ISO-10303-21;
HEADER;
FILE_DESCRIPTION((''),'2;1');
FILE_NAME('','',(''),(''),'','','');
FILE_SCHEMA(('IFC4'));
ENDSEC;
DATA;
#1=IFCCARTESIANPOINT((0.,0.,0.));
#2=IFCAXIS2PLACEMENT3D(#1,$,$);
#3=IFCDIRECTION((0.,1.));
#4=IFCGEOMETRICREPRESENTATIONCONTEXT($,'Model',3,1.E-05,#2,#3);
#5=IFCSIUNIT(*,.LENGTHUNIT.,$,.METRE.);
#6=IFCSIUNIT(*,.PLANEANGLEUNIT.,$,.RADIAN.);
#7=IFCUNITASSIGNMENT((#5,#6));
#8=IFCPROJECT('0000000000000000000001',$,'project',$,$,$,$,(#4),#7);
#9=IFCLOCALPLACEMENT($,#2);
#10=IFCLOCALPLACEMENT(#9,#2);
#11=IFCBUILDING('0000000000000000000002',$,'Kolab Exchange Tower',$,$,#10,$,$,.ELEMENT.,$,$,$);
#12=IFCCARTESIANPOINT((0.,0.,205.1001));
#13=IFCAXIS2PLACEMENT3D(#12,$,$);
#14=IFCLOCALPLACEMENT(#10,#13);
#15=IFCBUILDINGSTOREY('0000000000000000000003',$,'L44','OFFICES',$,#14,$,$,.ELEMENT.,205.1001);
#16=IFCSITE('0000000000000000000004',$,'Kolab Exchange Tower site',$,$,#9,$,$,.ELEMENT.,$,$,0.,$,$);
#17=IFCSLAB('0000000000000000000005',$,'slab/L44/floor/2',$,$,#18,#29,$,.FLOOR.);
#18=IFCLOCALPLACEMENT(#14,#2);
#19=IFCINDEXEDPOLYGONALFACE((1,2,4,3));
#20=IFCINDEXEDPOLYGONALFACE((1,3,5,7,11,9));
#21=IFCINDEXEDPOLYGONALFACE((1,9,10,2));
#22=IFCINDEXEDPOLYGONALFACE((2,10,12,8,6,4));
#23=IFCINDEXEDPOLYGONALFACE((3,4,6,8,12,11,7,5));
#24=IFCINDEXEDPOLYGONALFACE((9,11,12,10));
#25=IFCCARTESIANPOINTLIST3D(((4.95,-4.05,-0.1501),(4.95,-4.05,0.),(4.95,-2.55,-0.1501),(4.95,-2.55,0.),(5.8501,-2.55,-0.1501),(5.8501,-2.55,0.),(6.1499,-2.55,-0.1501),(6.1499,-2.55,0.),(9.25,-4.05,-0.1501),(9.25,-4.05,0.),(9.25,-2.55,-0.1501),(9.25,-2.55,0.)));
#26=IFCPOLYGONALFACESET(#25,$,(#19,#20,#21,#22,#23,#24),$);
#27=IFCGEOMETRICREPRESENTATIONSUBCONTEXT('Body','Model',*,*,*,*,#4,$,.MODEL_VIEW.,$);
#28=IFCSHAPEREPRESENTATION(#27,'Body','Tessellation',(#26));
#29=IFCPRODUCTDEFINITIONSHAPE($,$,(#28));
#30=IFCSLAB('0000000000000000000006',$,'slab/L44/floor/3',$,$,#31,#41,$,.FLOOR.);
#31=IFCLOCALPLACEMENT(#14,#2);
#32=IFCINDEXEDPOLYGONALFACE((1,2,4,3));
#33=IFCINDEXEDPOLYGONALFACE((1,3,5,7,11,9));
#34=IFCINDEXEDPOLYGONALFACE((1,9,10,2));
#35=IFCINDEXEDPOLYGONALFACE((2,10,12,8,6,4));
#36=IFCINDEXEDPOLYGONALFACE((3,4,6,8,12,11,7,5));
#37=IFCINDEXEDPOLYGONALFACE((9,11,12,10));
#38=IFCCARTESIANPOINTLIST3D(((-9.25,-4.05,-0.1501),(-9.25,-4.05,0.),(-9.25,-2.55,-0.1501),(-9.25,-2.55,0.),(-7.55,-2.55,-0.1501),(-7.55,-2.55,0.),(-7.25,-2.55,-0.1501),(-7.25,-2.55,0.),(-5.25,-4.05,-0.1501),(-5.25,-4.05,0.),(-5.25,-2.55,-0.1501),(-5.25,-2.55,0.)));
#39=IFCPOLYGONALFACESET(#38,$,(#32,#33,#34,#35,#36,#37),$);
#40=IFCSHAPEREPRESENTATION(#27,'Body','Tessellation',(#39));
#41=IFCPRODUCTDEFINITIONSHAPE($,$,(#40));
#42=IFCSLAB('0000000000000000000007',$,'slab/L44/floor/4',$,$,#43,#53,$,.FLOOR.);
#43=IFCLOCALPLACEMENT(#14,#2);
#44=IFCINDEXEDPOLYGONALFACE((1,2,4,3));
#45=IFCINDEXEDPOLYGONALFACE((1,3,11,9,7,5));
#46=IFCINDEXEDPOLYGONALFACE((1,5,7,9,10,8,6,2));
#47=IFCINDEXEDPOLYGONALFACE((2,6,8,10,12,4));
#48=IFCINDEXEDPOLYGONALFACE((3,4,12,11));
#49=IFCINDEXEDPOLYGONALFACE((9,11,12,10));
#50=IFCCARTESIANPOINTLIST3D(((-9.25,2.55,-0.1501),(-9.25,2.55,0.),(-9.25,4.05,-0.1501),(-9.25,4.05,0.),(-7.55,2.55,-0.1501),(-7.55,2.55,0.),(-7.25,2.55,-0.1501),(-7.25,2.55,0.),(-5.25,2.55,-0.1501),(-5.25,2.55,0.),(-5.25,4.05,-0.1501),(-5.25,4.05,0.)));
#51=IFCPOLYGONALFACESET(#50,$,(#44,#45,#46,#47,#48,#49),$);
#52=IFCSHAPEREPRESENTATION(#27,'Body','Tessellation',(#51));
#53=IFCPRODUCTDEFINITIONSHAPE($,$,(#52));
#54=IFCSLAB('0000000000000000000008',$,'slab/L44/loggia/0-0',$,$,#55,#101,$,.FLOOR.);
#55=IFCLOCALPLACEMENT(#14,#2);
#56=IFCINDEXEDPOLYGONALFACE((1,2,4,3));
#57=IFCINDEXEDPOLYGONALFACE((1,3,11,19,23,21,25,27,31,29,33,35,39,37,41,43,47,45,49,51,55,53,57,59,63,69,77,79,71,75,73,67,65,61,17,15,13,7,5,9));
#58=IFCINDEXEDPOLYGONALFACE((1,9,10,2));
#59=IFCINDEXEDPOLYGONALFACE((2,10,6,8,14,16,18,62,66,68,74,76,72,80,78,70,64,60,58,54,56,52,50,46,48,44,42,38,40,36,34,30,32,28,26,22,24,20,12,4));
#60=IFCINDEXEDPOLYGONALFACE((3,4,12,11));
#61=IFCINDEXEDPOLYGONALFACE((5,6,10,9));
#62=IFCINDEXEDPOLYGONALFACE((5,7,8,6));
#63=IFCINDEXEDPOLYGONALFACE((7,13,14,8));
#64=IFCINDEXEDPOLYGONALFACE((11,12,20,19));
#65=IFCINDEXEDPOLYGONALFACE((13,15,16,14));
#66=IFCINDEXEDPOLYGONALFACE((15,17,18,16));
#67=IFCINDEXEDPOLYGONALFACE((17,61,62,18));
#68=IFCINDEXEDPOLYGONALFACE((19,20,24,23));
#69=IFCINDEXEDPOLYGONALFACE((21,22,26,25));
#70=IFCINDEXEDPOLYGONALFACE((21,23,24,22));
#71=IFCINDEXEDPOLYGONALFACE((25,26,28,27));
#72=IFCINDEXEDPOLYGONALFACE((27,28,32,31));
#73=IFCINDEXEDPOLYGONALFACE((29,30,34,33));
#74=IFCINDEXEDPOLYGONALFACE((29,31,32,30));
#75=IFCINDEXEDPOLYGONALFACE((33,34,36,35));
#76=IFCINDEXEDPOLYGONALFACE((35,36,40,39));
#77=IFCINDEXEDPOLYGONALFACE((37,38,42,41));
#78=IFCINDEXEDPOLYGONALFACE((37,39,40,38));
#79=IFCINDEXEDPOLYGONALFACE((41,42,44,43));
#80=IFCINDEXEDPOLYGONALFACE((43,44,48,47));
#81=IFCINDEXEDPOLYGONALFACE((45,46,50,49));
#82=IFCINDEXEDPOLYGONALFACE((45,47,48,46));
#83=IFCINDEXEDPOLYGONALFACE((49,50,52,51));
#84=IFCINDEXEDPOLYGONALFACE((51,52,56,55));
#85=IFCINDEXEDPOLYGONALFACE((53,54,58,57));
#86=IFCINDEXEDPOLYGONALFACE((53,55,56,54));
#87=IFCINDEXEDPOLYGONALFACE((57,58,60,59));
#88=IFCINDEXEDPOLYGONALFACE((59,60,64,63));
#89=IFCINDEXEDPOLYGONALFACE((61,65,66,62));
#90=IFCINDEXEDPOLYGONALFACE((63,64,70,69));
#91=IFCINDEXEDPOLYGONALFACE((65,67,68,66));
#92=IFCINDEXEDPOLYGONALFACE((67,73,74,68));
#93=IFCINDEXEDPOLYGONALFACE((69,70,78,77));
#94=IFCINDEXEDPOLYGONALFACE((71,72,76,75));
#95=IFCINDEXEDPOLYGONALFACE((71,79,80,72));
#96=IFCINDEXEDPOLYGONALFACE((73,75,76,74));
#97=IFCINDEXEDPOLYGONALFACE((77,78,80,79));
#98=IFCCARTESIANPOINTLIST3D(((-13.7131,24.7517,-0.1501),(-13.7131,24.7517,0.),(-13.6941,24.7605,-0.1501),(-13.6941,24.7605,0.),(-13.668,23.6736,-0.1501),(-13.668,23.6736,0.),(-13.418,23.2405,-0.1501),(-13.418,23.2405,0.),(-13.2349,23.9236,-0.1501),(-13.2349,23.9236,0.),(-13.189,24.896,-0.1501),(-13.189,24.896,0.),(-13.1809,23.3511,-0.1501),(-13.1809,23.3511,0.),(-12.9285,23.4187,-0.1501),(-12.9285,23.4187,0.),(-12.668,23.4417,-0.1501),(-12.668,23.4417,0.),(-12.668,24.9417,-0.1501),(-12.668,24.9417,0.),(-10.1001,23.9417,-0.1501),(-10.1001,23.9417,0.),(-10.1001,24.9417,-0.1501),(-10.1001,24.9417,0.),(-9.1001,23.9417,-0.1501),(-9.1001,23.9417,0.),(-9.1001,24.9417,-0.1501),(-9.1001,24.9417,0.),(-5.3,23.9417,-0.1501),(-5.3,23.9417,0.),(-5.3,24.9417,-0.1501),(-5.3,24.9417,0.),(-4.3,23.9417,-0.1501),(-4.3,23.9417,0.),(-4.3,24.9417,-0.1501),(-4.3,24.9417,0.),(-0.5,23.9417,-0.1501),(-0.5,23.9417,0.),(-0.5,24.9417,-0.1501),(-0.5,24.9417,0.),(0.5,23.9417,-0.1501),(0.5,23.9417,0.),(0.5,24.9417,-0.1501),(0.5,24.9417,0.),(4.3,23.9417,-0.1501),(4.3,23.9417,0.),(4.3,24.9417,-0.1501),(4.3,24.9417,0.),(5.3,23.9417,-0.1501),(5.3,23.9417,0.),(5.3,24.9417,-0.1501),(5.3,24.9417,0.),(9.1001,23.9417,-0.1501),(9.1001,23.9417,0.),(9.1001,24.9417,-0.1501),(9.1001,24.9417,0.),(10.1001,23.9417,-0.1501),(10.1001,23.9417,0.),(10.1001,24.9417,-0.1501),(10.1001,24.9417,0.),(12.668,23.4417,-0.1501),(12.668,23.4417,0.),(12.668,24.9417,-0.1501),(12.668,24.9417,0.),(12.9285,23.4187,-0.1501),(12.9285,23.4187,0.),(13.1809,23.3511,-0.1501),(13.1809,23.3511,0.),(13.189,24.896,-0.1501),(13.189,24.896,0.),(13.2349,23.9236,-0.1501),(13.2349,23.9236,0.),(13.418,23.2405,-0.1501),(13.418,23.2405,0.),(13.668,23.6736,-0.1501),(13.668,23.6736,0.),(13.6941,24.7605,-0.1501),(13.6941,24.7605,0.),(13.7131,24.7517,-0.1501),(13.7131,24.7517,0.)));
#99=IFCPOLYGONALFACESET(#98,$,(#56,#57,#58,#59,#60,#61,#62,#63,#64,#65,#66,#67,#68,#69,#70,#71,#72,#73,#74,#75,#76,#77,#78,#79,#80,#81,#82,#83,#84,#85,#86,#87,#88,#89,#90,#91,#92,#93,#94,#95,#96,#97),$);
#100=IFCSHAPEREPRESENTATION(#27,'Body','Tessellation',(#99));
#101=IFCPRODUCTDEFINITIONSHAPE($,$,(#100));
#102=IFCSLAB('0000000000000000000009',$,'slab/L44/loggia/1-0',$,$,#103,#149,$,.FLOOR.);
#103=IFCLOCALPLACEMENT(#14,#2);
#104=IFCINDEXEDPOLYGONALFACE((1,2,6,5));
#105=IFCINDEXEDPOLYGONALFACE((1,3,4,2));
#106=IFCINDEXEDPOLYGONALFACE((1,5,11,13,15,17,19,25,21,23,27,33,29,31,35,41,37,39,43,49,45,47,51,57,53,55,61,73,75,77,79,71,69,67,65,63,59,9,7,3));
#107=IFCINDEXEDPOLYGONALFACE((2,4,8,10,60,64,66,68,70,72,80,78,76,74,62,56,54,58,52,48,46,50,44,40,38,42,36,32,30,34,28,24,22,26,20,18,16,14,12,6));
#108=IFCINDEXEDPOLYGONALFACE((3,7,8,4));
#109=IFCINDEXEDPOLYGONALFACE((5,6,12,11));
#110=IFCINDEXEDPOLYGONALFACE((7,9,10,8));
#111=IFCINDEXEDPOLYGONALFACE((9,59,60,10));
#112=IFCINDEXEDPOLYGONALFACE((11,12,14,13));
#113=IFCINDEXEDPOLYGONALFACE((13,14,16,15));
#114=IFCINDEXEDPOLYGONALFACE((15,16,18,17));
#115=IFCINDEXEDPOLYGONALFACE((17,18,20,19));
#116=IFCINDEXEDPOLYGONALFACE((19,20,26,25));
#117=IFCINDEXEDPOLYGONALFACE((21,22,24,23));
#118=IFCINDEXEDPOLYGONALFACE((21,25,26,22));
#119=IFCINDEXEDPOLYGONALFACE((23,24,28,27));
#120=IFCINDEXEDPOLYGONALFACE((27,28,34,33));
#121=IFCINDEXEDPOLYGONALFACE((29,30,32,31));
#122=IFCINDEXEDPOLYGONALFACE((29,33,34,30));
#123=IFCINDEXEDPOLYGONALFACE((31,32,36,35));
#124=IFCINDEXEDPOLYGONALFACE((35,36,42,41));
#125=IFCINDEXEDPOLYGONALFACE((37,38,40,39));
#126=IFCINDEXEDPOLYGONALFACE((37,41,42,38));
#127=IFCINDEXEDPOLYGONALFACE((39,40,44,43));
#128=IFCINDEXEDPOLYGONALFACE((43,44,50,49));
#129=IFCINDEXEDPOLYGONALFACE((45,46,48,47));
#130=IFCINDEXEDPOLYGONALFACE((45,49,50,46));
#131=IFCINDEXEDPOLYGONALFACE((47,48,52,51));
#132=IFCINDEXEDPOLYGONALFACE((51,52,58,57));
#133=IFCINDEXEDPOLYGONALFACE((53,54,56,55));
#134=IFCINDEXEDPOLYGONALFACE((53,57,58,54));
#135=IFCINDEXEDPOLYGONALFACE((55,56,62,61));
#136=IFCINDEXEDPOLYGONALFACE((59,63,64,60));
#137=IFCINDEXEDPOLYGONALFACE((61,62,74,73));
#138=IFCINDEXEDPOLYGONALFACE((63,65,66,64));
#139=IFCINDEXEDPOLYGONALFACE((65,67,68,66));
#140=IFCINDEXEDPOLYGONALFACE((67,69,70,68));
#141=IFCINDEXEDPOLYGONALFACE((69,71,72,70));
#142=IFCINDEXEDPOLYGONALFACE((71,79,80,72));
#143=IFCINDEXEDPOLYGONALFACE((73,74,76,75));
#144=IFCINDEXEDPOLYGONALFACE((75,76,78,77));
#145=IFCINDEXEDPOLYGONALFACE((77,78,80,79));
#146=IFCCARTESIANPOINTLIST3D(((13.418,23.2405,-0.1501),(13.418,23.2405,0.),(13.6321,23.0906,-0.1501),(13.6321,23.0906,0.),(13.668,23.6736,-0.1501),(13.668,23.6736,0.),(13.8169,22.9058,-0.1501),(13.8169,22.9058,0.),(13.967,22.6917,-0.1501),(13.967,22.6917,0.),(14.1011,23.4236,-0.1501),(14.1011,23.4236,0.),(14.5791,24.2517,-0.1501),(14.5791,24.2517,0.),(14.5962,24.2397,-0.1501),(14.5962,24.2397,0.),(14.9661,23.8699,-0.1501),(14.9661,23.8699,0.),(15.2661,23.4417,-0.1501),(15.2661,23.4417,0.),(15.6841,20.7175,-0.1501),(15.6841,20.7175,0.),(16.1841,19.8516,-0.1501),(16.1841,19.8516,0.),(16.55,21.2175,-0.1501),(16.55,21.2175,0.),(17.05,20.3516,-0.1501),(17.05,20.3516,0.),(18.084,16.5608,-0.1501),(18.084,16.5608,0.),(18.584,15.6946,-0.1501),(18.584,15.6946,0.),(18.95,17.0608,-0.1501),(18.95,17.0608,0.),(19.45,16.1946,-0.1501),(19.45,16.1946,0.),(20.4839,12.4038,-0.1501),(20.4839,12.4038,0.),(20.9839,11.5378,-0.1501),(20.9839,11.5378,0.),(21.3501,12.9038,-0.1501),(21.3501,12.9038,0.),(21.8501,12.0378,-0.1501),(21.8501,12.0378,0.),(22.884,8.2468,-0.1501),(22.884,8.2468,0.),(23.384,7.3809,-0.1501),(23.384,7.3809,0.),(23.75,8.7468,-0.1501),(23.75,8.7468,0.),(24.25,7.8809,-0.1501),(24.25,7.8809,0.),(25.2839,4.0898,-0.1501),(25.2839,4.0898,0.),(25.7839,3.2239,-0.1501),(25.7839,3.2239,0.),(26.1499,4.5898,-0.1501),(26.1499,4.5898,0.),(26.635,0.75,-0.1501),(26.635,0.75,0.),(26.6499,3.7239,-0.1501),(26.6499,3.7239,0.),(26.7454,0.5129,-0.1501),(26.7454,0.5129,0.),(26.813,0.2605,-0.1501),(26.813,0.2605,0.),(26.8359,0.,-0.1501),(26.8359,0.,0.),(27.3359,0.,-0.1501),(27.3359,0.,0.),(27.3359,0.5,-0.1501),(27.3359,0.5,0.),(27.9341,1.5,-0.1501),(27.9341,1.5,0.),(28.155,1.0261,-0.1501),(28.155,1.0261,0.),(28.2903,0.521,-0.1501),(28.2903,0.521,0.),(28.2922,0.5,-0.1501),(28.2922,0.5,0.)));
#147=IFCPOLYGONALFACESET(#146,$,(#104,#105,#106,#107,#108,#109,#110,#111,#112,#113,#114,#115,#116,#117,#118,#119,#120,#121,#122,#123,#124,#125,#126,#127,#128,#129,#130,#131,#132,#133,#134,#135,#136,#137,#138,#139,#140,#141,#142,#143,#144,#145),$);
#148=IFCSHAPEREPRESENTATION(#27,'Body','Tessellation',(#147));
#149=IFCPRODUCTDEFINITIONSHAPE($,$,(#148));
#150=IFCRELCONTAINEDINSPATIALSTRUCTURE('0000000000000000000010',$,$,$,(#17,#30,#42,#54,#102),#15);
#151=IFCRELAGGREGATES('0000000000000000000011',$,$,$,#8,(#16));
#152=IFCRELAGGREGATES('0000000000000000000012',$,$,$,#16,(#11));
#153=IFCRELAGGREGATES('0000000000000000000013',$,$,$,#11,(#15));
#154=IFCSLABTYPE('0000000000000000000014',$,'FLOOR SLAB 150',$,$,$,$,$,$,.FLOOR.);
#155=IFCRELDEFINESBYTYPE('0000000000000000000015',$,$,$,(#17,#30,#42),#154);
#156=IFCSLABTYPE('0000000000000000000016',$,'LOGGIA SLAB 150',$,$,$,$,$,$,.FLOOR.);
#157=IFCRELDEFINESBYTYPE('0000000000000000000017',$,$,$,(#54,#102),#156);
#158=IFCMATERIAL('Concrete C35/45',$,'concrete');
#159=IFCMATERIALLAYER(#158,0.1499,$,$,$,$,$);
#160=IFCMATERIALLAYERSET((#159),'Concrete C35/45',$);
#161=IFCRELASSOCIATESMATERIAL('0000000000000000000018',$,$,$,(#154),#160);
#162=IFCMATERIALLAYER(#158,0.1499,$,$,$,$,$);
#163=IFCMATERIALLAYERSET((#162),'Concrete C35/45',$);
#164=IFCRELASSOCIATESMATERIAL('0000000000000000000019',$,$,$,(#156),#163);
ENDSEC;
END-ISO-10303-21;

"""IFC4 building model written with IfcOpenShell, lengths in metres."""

from ifc_helpers import new_model, si_unit, direction, frame, origin, place, context, subcontext, project, spatial, polyline, outline, extrude, material, layer, layer_set, type_object, element, save


model = new_model("IFC4")

# Units and contexts
model_context = context("Model", 3, precision=1e-05, world=origin(), true_north=direction((0.0, 1.0)))
body_context = subcontext(model_context, "Body", "Model", "MODEL_VIEW")
ifc_project = project(units=[si_unit("LENGTHUNIT", "METRE"), si_unit("PLANEANGLEUNIT", "RADIAN")], contexts=[model_context])

# Site, building, storey
site_placement = place(None, origin())
site = spatial("IfcSite", under=ifc_project, at=site_placement, Name="Kolab Exchange Tower site", CompositionType="ELEMENT", RefElevation=0.0)
building_placement = place(site_placement, origin())
building = spatial("IfcBuilding", under=site, at=building_placement, Name="Kolab Exchange Tower", CompositionType="ELEMENT")
storey_placement = place(building_placement, frame((0.0, 0.0, 205.1001)))
storey = spatial("IfcBuildingStorey", under=building, at=storey_placement, Name="L44", Description="OFFICES", CompositionType="ELEMENT", Elevation=205.1001)

# Slabs
ifc_material_1 = material(Name="Concrete C35/45", Category="concrete")
ifc_layer_1 = layer(ifc_material_1, 0.1499)
ifc_layer_set_1 = layer_set([ifc_layer_1], Name="Concrete C35/45")
slab_type_1 = type_object("IfcSlabType", Name="FLOOR SLAB 150", PredefinedType="FLOOR", material=ifc_layer_set_1)
slab_1_placement = place(storey_placement, frame((0.0, 0.0, -0.1501)))
element("IfcSlab", 1, at=slab_1_placement, inside=storey, type_object=slab_type_1, Name="slab/L44/floor/2", PredefinedType="FLOOR", context=body_context, shape_type="SweptSolid", body=[
    extrude(outline(polyline([(4.95, -4.05), (9.25, -4.05), (9.25, -2.55), (6.1499, -2.55), (5.8501, -2.55), (4.95, -2.55), (4.95, -4.05)])), origin(), (0.0, 0.0, 1.0), 0.1501),
])
slab_2_placement = place(storey_placement, frame((0.0, 0.0, -0.1501)))
element("IfcSlab", 2, at=slab_2_placement, inside=storey, type_object=slab_type_1, Name="slab/L44/floor/3", PredefinedType="FLOOR", context=body_context, shape_type="SweptSolid", body=[
    extrude(outline(polyline([(-7.55, -2.55), (-9.25, -2.55), (-9.25, -4.05), (-5.25, -4.05), (-5.25, -2.55), (-7.25, -2.55), (-7.55, -2.55)])), origin(), (0.0, 0.0, 1.0), 0.1501),
])
slab_3_placement = place(storey_placement, frame((0.0, 0.0, -0.1501)))
element("IfcSlab", 3, at=slab_3_placement, inside=storey, type_object=slab_type_1, Name="slab/L44/floor/4", PredefinedType="FLOOR", context=body_context, shape_type="SweptSolid", body=[
    extrude(outline(polyline([(-9.25, 2.55), (-7.55, 2.55), (-7.25, 2.55), (-5.25, 2.55), (-5.25, 4.05), (-9.25, 4.05), (-9.25, 2.55)])), origin(), (0.0, 0.0, 1.0), 0.1501),
])
ifc_layer_2 = layer(ifc_material_1, 0.1499)
ifc_layer_set_2 = layer_set([ifc_layer_2], Name="Concrete C35/45")
slab_type_2 = type_object("IfcSlabType", Name="LOGGIA SLAB 150", PredefinedType="FLOOR", material=ifc_layer_set_2)
slab_4_placement = place(storey_placement, frame((0.0, 0.0, -0.1501)))
element("IfcSlab", 4, at=slab_4_placement, inside=storey, type_object=slab_type_2, Name="slab/L44/loggia/0-0", PredefinedType="FLOOR", context=body_context, shape_type="SweptSolid", body=[
    extrude(outline(polyline([(13.418, 23.2405), (13.668, 23.6736), (13.2349, 23.9236), (13.7131, 24.7517), (13.6941, 24.7605), (13.189, 24.896), (12.668, 24.9417), (10.1001, 24.9417), (10.1001, 23.9417), (9.1001, 23.9417), (9.1001, 24.9417), (5.3, 24.9417), (5.3, 23.9417), (4.3, 23.9417), (4.3, 24.9417), (0.5, 24.9417), (0.5, 23.9417), (-0.5, 23.9417), (-0.5, 24.9417), (-4.3, 24.9417), (-4.3, 23.9417), (-5.3, 23.9417), (-5.3, 24.9417), (-9.1001, 24.9417), (-9.1001, 23.9417), (-10.1001, 23.9417), (-10.1001, 24.9417), (-12.668, 24.9417), (-13.189, 24.896), (-13.6941, 24.7605), (-13.7131, 24.7517), (-13.2349, 23.9236), (-13.668, 23.6736), (-13.418, 23.2405), (-13.1809, 23.3511), (-12.9285, 23.4187), (-12.668, 23.4417), (12.668, 23.4417), (12.9285, 23.4187), (13.1809, 23.3511), (13.418, 23.2405)])), origin(), (0.0, 0.0, 1.0), 0.1501),
])
slab_5_placement = place(storey_placement, frame((0.0, 0.0, -0.1501)))
element("IfcSlab", 5, at=slab_5_placement, inside=storey, type_object=slab_type_2, Name="slab/L44/loggia/1-0", PredefinedType="FLOOR", context=body_context, shape_type="SweptSolid", body=[
    extrude(outline(polyline([(26.8359, 0.0), (27.3359, 0.0), (27.3359, 0.5), (28.2922, 0.5), (28.2903, 0.521), (28.155, 1.0261), (27.9341, 1.5), (26.6499, 3.7239), (25.7839, 3.2239), (25.2839, 4.0898), (26.1499, 4.5898), (24.25, 7.8809), (23.384, 7.3809), (22.884, 8.2468), (23.75, 8.7468), (21.8501, 12.0378), (20.9839, 11.5378), (20.4839, 12.4038), (21.3501, 12.9038), (19.45, 16.1946), (18.584, 15.6946), (18.084, 16.5608), (18.95, 17.0608), (17.05, 20.3516), (16.1841, 19.8516), (15.6841, 20.7175), (16.55, 21.2175), (15.2661, 23.4417), (14.9661, 23.8699), (14.5962, 24.2397), (14.5791, 24.2517), (14.1011, 23.4236), (13.668, 23.6736), (13.418, 23.2405), (13.6321, 23.0906), (13.8169, 22.9058), (13.967, 22.6917), (26.635, 0.75), (26.7454, 0.5129), (26.813, 0.2605), (26.8359, 0.0)])), origin(), (0.0, 0.0, 1.0), 0.1501),
])

save(model, "model.ifc")
